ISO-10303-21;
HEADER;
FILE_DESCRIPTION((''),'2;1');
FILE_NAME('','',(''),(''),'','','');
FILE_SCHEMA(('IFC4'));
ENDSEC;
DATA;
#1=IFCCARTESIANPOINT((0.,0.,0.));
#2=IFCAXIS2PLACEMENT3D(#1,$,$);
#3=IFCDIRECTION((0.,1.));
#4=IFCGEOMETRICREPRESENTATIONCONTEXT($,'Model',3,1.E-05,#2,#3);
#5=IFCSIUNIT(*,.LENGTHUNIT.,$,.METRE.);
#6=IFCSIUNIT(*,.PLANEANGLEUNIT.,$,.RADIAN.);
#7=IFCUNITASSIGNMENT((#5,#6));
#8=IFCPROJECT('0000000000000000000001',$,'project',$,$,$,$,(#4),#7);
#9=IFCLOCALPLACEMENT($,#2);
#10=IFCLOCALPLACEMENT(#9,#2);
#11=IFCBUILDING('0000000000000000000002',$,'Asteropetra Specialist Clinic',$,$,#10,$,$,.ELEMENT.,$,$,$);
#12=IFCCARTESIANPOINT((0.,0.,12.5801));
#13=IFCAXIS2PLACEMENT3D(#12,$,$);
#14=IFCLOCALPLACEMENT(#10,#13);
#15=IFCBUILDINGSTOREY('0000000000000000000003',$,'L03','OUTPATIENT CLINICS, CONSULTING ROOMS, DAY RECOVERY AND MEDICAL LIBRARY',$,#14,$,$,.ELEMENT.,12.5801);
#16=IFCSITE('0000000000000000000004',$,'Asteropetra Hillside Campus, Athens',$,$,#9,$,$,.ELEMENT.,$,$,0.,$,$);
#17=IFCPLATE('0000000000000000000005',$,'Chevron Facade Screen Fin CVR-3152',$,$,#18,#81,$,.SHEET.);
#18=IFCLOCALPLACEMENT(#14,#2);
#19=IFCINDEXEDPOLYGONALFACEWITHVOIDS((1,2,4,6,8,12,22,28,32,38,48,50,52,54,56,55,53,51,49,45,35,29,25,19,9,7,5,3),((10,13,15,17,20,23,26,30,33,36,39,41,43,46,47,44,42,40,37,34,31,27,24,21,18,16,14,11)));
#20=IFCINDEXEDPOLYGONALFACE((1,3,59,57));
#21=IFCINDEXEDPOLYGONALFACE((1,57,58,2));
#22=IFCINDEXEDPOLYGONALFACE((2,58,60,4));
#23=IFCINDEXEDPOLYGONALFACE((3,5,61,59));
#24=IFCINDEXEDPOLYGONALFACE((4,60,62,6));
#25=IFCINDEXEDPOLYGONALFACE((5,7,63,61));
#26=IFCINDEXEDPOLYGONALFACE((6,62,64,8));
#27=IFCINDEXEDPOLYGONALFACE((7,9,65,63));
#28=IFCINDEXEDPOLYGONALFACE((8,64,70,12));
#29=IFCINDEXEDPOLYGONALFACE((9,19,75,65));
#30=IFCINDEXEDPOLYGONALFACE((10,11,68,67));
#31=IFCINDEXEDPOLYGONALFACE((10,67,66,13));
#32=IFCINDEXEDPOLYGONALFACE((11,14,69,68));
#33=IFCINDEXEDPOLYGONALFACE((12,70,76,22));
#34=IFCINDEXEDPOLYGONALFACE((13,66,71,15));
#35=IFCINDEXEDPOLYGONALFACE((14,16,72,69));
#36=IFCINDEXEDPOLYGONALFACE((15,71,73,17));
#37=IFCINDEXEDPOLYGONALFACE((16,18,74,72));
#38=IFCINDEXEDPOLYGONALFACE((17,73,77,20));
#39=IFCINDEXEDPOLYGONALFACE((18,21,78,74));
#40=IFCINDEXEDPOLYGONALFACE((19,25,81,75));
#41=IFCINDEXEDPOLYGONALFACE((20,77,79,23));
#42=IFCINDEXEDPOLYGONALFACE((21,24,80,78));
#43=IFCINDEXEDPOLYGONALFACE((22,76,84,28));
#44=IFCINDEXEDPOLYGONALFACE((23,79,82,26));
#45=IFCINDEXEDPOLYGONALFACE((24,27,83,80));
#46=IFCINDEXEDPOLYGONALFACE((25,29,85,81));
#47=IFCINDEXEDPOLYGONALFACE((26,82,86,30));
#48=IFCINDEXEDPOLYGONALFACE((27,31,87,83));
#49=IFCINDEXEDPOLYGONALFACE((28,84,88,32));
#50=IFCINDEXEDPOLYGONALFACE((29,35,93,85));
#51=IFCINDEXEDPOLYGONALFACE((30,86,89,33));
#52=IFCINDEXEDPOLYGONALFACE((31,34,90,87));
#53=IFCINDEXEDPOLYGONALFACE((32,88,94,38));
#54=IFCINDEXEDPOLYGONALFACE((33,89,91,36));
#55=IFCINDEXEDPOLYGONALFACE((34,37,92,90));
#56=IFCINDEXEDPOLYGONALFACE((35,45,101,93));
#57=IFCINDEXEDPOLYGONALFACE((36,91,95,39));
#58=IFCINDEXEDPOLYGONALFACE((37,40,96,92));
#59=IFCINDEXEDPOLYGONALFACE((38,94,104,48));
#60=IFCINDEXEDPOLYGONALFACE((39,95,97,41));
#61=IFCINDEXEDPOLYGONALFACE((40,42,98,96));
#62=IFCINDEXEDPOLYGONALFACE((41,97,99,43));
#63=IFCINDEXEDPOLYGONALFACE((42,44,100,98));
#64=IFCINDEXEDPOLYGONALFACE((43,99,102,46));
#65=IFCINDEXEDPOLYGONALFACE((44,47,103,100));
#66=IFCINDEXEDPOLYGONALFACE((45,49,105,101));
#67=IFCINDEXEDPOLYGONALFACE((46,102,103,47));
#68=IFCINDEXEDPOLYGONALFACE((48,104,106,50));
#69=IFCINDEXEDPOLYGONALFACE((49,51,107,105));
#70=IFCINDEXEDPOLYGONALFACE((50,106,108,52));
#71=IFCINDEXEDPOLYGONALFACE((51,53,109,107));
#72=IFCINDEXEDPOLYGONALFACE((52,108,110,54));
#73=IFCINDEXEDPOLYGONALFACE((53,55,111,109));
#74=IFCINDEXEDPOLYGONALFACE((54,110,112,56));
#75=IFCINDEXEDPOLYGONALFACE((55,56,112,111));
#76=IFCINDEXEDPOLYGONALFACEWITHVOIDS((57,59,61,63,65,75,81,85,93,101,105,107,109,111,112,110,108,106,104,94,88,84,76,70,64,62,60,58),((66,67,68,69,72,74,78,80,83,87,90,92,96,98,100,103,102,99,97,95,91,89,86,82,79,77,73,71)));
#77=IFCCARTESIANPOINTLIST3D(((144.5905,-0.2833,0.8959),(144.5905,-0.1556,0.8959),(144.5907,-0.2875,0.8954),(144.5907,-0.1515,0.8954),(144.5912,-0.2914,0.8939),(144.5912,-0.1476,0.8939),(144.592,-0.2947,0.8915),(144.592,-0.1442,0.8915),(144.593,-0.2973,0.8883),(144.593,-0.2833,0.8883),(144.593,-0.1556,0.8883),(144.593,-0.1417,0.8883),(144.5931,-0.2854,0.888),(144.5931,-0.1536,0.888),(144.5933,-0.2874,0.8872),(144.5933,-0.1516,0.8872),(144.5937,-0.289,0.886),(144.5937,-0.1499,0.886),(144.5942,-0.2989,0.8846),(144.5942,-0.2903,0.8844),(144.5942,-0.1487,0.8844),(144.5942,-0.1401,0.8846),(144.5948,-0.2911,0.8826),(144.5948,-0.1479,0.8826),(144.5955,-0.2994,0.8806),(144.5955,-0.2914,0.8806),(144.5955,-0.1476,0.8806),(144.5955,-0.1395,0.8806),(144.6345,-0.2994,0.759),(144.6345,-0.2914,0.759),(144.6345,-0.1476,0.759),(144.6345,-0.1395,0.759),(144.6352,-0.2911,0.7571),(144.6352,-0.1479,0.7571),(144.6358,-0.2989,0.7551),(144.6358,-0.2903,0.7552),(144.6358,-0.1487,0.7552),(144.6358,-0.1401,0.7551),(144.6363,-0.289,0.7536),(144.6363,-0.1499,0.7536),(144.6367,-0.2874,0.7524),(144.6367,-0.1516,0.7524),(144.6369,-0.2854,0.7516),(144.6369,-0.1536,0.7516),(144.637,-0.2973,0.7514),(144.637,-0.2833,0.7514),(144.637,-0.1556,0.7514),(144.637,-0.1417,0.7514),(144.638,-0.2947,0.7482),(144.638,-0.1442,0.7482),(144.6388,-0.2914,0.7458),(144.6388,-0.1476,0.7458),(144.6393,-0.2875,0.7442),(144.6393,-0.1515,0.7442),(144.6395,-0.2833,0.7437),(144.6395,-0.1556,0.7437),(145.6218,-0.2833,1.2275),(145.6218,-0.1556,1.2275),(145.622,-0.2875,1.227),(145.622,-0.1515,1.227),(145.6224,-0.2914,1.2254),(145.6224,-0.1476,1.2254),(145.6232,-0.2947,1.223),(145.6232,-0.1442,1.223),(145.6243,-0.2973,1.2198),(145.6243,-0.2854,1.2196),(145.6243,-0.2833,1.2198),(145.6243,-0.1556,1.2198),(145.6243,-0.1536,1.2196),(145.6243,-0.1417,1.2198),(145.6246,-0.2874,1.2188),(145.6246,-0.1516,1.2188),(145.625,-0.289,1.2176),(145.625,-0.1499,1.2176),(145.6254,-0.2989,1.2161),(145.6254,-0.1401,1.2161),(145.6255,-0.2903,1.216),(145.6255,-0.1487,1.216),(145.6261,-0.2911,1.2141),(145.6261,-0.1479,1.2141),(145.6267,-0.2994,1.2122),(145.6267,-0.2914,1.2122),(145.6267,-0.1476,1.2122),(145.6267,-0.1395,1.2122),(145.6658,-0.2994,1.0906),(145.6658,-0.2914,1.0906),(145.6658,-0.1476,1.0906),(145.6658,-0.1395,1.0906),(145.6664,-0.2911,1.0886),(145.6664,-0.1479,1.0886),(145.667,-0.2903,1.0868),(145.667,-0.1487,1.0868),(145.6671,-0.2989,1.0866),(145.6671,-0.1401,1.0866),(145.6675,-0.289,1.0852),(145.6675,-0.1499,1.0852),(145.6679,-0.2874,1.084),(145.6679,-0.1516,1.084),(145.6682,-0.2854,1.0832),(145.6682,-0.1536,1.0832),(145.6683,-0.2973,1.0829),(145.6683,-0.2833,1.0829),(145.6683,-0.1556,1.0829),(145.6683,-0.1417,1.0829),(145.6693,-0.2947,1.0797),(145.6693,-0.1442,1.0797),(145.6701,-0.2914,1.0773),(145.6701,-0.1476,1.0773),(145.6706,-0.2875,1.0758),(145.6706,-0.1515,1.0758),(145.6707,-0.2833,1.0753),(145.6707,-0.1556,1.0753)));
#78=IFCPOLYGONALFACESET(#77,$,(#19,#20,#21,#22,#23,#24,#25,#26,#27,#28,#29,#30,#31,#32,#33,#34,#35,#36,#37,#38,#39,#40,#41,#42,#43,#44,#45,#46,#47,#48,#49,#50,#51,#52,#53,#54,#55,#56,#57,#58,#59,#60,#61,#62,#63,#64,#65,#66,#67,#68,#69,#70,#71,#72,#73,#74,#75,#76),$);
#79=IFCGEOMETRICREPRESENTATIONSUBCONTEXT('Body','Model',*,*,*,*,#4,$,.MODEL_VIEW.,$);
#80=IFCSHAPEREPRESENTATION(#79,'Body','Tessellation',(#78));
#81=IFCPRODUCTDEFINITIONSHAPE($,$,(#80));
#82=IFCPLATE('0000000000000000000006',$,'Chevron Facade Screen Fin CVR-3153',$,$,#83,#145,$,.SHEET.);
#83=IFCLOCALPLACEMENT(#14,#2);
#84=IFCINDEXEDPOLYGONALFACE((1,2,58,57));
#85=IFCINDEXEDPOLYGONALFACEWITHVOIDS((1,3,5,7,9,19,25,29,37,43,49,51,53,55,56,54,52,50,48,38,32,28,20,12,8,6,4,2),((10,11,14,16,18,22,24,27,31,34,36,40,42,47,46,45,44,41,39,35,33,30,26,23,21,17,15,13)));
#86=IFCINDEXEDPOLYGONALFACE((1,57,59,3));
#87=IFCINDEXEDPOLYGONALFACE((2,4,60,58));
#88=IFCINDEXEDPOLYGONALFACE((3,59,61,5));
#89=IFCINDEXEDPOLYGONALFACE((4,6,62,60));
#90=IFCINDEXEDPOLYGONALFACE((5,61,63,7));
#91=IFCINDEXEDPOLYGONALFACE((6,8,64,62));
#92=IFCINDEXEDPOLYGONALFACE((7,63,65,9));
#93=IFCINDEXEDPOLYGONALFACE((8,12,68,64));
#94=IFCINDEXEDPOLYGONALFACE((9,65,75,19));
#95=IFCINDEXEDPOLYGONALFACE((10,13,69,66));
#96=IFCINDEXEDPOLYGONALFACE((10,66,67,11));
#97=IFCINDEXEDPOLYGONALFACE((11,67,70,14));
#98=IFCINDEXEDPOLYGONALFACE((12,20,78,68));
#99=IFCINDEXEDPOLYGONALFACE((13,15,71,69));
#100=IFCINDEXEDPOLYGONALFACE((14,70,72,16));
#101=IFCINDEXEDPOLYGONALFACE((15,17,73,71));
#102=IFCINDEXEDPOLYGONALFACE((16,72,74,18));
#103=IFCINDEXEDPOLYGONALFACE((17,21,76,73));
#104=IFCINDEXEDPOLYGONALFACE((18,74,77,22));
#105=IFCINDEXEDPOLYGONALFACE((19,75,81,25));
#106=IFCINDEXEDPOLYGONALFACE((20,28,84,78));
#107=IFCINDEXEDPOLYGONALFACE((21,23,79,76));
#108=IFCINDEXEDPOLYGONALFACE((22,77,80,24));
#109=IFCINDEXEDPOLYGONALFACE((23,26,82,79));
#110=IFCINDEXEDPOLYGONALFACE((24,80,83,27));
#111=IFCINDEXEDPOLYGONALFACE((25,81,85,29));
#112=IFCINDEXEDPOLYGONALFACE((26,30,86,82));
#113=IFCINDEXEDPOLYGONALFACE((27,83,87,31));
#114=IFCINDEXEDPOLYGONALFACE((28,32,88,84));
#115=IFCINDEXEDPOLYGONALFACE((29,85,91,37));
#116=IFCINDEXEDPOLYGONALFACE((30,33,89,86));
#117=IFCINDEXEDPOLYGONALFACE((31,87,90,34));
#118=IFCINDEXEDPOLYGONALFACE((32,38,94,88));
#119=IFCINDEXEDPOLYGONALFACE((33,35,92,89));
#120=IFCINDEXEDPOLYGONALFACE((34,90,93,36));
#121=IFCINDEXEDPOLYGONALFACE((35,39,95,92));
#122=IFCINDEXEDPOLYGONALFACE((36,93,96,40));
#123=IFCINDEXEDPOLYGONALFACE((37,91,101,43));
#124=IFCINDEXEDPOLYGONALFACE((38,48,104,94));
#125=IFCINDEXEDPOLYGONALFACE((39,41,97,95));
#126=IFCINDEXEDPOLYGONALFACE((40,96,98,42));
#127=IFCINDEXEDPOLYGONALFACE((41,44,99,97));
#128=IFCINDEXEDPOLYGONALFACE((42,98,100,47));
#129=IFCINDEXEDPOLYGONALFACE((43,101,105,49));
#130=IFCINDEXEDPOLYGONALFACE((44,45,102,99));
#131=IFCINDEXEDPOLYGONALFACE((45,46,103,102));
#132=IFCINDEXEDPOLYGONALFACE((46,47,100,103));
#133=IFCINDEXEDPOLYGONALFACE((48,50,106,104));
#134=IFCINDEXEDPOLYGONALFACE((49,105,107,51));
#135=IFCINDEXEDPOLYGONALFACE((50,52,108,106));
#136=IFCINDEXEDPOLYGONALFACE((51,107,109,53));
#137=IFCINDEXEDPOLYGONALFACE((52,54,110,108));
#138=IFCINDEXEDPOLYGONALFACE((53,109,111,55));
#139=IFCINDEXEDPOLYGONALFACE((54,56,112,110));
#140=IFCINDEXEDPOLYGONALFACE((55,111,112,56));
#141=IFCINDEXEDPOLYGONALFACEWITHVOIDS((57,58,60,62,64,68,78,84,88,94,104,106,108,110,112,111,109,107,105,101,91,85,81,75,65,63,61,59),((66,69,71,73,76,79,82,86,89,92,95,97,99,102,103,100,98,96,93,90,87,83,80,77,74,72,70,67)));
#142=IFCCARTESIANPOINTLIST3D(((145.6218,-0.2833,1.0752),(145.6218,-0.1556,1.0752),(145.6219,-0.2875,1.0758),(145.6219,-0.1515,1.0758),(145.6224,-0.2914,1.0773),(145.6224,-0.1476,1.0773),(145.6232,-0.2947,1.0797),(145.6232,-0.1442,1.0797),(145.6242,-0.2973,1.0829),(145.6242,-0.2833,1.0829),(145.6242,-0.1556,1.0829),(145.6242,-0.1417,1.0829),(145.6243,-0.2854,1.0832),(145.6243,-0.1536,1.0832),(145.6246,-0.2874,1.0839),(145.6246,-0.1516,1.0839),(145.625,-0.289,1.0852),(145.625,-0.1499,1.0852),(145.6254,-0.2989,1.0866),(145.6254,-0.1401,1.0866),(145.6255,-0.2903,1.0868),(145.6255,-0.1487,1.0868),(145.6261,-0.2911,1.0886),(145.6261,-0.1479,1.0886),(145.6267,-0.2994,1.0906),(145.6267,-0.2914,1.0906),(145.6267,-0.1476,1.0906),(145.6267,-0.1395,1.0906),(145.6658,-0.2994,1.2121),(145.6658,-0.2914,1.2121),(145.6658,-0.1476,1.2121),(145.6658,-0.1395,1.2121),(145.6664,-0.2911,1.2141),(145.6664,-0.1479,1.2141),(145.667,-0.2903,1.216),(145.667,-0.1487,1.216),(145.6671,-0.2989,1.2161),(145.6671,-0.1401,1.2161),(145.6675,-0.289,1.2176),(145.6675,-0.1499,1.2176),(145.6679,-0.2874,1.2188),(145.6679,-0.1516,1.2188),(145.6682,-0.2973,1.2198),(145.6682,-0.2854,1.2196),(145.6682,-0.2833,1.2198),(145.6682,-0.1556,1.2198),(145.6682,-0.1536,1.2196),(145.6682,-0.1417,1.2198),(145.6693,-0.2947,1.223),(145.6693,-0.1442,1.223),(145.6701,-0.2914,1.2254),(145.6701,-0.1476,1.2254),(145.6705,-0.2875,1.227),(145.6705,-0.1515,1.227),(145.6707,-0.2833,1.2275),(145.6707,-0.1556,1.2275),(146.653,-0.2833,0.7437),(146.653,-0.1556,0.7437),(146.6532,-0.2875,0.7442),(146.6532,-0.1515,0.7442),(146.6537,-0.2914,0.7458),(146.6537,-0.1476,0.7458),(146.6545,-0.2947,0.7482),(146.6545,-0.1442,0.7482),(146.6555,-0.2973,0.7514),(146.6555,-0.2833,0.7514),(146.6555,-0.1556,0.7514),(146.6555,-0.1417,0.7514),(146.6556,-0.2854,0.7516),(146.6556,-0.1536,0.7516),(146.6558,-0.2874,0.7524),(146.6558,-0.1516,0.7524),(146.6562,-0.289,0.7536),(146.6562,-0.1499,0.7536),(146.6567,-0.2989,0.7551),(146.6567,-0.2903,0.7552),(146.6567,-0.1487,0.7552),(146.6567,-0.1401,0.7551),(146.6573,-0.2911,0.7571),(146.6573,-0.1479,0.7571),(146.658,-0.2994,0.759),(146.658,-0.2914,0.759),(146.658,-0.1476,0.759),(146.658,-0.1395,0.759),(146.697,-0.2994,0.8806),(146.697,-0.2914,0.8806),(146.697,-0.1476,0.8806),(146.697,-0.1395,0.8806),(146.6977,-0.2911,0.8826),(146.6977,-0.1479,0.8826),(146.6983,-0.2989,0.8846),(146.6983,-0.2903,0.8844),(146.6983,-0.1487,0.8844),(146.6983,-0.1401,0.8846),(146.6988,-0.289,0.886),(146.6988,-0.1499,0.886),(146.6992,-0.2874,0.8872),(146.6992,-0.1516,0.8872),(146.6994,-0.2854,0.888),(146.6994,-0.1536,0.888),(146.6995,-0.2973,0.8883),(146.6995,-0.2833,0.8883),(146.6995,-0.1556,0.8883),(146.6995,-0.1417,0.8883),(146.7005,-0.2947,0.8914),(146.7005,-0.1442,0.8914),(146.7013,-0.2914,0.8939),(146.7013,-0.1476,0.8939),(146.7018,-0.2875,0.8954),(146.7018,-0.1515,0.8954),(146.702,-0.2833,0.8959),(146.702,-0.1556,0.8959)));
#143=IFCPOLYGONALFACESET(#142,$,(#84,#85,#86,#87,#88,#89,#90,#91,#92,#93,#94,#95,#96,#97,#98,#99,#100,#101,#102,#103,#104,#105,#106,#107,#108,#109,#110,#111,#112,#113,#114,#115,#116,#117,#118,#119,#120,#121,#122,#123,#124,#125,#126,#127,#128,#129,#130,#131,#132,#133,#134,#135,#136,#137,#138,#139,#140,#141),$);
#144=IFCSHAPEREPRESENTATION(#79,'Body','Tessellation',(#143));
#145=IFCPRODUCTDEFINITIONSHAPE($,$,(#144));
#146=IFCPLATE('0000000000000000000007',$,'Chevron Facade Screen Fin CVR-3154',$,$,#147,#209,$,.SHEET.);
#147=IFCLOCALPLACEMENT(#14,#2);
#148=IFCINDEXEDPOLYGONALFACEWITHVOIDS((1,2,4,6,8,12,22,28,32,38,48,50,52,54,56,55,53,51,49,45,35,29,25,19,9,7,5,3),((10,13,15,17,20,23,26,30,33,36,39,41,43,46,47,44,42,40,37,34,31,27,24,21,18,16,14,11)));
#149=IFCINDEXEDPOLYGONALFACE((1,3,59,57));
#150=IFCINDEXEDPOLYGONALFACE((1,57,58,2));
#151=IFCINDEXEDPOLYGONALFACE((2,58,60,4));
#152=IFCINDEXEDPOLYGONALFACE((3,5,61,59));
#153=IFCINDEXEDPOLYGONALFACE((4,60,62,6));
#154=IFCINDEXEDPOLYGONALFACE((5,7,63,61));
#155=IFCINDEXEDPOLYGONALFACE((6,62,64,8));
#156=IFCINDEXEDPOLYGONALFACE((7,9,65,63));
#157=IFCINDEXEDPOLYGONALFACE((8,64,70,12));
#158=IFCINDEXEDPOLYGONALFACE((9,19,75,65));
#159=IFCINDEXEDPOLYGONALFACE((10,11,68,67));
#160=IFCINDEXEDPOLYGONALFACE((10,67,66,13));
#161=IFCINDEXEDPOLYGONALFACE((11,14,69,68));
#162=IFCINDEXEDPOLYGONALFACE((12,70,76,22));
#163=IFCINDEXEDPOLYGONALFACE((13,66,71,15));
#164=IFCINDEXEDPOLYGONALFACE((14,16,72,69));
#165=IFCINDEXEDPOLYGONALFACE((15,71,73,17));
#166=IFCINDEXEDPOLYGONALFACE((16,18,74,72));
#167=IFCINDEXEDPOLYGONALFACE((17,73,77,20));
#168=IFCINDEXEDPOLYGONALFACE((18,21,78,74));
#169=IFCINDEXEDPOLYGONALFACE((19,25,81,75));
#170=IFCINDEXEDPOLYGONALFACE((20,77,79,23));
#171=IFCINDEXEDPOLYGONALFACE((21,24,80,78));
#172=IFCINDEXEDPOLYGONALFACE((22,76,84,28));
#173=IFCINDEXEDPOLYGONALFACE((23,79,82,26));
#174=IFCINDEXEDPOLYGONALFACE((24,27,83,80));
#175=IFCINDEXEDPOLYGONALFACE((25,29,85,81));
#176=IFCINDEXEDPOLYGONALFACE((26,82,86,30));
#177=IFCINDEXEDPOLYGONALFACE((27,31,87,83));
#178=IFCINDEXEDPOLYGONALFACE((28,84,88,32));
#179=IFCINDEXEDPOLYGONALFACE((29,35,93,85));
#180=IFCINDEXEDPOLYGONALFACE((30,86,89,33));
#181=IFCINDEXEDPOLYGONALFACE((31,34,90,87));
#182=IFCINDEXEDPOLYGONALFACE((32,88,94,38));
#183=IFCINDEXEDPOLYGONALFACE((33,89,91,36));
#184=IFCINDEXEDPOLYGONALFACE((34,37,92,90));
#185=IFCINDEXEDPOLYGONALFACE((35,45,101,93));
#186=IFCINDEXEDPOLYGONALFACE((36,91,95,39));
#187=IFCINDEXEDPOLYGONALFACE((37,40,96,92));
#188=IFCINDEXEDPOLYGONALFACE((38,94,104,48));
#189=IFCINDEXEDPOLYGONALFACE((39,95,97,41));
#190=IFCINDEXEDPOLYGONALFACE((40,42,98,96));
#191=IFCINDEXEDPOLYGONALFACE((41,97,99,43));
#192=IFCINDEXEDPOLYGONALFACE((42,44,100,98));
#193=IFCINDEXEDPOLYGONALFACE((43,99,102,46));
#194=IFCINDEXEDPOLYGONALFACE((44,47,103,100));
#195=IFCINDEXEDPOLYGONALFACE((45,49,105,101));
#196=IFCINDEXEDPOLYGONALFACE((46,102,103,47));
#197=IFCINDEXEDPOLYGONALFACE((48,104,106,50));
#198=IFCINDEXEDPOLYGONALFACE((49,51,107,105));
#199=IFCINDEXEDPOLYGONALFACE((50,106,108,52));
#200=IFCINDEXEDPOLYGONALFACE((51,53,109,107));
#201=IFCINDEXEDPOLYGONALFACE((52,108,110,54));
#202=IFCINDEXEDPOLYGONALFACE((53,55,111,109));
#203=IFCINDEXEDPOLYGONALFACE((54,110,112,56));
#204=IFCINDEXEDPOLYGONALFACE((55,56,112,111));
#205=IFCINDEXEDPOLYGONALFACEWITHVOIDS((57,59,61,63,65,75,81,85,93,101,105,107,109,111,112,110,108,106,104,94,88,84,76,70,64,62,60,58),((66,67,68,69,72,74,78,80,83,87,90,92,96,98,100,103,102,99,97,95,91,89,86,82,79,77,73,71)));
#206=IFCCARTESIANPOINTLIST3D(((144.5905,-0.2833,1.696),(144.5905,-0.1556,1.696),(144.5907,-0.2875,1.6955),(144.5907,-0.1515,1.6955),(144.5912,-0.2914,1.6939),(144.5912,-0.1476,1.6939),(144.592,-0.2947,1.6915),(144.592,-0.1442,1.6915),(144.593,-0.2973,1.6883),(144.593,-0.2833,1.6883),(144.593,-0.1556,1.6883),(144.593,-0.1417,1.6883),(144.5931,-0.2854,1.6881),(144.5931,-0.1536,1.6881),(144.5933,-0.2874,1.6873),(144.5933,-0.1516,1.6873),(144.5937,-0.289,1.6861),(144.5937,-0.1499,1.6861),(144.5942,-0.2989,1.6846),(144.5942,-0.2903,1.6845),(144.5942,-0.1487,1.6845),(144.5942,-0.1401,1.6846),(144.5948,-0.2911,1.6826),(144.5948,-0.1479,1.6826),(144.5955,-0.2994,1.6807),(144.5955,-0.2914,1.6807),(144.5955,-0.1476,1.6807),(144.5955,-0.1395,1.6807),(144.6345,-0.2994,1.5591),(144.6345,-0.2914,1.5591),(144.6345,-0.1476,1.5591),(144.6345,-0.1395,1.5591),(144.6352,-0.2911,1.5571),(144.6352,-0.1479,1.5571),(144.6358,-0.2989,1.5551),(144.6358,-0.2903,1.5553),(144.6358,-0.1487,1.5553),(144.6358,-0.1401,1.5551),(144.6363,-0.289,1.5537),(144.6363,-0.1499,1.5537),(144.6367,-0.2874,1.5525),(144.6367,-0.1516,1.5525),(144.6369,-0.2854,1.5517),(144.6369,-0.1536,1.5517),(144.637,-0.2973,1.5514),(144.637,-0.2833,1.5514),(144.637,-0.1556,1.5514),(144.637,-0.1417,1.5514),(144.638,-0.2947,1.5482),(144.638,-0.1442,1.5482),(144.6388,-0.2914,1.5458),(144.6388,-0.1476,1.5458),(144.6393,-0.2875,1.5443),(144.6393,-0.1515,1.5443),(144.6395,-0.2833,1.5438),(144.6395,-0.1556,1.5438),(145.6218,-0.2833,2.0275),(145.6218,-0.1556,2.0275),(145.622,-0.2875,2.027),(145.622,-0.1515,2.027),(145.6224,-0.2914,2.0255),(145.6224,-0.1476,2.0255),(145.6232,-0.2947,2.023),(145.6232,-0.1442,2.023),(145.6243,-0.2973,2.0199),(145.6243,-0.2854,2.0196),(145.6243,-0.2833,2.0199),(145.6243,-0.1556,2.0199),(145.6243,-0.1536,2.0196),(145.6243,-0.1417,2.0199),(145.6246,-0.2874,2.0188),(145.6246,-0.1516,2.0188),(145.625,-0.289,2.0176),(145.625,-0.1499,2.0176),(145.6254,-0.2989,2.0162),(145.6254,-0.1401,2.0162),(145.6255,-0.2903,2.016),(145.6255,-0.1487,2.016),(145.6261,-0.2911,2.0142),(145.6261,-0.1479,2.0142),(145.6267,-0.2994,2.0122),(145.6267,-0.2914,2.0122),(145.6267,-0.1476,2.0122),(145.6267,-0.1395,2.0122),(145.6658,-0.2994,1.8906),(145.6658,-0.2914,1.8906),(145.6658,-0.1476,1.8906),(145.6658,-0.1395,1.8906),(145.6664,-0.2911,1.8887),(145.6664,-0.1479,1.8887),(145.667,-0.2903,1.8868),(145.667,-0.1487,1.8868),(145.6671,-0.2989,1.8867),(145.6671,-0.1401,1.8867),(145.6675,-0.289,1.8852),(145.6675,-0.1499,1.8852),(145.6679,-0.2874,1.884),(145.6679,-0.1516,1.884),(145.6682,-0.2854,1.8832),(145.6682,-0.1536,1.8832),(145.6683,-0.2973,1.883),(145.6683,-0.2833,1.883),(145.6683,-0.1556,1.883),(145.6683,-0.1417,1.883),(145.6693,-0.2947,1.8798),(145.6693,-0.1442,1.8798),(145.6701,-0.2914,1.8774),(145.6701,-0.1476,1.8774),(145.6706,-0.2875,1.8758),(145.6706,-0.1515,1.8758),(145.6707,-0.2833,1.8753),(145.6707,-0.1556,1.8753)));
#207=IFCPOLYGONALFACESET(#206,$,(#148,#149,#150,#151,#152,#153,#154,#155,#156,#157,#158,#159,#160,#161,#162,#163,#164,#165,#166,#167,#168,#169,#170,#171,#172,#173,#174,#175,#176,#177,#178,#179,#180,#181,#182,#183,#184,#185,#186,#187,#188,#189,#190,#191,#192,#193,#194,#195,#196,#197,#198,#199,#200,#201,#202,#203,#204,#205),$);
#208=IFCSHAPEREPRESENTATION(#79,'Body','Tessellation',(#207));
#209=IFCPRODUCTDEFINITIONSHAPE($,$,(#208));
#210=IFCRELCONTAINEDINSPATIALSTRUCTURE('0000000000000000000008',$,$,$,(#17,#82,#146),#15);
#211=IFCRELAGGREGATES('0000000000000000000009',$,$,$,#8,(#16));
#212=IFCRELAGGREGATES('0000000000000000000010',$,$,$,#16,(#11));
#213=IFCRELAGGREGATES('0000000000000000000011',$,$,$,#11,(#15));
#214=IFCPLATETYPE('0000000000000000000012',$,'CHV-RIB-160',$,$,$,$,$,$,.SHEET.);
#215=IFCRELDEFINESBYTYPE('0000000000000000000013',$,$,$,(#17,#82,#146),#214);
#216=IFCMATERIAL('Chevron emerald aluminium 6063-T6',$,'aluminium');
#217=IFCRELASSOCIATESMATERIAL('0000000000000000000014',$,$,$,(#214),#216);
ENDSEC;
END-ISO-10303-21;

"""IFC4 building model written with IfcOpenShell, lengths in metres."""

from ifc_helpers import new_model, si_unit, direction, frame, origin, origin_2d, place, context, subcontext, project, spatial, hollow_rectangle, extrude, material, material_profile, profile_set, type_object, element, save


model = new_model("IFC4")

# Units and contexts
model_context = context("Model", 3, precision=1e-05, world=origin(), true_north=direction((0.0, 1.0)))
body_context = subcontext(model_context, "Body", "Model", "MODEL_VIEW")
ifc_project = project(units=[si_unit("LENGTHUNIT", "METRE"), si_unit("PLANEANGLEUNIT", "RADIAN")], contexts=[model_context])

# Site, building, storey
site_placement = place(None, origin())
site = spatial("IfcSite", under=ifc_project, at=site_placement, Name="Asteropetra Hillside Campus, Athens", CompositionType="ELEMENT", RefElevation=0.0)
building_placement = place(site_placement, origin())
building = spatial("IfcBuilding", under=site, at=building_placement, Name="Asteropetra Specialist Clinic", CompositionType="ELEMENT")
storey_placement = place(building_placement, frame((0.0, 0.0, 12.5801)))
storey = spatial("IfcBuildingStorey", under=building, at=storey_placement, Name="L03", Description="OUTPATIENT CLINICS, CONSULTING ROOMS, DAY RECOVERY AND MEDICAL LIBRARY", CompositionType="ELEMENT", Elevation=12.5801)

# Plates
ifc_material_1 = material(Name="Chevron emerald aluminium 6063-T6", Category="aluminium")
ifc_material_profile_1 = material_profile(ifc_material_1, hollow_rectangle(XDim=0.1599, YDim=0.1599, WallThickness=0.0081, InnerFilletRadius=0.0081, OuterFilletRadius=0.0161, at=origin_2d()), Name="SHS 160x160x8.0")
ifc_profile_set_1 = profile_set([ifc_material_profile_1], Name="Chevron emerald aluminium 6063-T6")
plate_type_1 = type_object("IfcPlateType", Name="CHV-RIB-160", PredefinedType="SHEET", material=ifc_profile_set_1)
for number, where, z_axis, x_axis, name in (
    (1, (144.615, -0.2195, 0.8198), (0.95201, 0.0, 0.306068), (0.0, 1.0, 0.0), "Chevron Facade Screen Fin CVR-3152"),
    (2, (145.6462, -0.2195, 1.1514), (0.95201, 0.0, -0.306068), (0.0, 1.0, 0.0), "Chevron Facade Screen Fin CVR-3153"),
    (3, (144.615, -0.2195, 1.6199), (0.95201, 0.0, 0.306068), (0.0, 1.0, 0.0), "Chevron Facade Screen Fin CVR-3154"),
):
    element("IfcPlate", number, at=place(storey_placement, frame(where, z_axis=z_axis, x_axis=x_axis)), inside=storey, type_object=plate_type_1, Name=name, PredefinedType="SHEET", context=body_context, shape_type="SweptSolid", body=[
        extrude(hollow_rectangle(XDim=0.1599, YDim=0.1599, WallThickness=0.0081, InnerFilletRadius=0.0081, OuterFilletRadius=0.0161, at=origin_2d()), origin(), (0.0, 0.0, 1.0), 1.0833),
    ])

save(model, "model.ifc")
